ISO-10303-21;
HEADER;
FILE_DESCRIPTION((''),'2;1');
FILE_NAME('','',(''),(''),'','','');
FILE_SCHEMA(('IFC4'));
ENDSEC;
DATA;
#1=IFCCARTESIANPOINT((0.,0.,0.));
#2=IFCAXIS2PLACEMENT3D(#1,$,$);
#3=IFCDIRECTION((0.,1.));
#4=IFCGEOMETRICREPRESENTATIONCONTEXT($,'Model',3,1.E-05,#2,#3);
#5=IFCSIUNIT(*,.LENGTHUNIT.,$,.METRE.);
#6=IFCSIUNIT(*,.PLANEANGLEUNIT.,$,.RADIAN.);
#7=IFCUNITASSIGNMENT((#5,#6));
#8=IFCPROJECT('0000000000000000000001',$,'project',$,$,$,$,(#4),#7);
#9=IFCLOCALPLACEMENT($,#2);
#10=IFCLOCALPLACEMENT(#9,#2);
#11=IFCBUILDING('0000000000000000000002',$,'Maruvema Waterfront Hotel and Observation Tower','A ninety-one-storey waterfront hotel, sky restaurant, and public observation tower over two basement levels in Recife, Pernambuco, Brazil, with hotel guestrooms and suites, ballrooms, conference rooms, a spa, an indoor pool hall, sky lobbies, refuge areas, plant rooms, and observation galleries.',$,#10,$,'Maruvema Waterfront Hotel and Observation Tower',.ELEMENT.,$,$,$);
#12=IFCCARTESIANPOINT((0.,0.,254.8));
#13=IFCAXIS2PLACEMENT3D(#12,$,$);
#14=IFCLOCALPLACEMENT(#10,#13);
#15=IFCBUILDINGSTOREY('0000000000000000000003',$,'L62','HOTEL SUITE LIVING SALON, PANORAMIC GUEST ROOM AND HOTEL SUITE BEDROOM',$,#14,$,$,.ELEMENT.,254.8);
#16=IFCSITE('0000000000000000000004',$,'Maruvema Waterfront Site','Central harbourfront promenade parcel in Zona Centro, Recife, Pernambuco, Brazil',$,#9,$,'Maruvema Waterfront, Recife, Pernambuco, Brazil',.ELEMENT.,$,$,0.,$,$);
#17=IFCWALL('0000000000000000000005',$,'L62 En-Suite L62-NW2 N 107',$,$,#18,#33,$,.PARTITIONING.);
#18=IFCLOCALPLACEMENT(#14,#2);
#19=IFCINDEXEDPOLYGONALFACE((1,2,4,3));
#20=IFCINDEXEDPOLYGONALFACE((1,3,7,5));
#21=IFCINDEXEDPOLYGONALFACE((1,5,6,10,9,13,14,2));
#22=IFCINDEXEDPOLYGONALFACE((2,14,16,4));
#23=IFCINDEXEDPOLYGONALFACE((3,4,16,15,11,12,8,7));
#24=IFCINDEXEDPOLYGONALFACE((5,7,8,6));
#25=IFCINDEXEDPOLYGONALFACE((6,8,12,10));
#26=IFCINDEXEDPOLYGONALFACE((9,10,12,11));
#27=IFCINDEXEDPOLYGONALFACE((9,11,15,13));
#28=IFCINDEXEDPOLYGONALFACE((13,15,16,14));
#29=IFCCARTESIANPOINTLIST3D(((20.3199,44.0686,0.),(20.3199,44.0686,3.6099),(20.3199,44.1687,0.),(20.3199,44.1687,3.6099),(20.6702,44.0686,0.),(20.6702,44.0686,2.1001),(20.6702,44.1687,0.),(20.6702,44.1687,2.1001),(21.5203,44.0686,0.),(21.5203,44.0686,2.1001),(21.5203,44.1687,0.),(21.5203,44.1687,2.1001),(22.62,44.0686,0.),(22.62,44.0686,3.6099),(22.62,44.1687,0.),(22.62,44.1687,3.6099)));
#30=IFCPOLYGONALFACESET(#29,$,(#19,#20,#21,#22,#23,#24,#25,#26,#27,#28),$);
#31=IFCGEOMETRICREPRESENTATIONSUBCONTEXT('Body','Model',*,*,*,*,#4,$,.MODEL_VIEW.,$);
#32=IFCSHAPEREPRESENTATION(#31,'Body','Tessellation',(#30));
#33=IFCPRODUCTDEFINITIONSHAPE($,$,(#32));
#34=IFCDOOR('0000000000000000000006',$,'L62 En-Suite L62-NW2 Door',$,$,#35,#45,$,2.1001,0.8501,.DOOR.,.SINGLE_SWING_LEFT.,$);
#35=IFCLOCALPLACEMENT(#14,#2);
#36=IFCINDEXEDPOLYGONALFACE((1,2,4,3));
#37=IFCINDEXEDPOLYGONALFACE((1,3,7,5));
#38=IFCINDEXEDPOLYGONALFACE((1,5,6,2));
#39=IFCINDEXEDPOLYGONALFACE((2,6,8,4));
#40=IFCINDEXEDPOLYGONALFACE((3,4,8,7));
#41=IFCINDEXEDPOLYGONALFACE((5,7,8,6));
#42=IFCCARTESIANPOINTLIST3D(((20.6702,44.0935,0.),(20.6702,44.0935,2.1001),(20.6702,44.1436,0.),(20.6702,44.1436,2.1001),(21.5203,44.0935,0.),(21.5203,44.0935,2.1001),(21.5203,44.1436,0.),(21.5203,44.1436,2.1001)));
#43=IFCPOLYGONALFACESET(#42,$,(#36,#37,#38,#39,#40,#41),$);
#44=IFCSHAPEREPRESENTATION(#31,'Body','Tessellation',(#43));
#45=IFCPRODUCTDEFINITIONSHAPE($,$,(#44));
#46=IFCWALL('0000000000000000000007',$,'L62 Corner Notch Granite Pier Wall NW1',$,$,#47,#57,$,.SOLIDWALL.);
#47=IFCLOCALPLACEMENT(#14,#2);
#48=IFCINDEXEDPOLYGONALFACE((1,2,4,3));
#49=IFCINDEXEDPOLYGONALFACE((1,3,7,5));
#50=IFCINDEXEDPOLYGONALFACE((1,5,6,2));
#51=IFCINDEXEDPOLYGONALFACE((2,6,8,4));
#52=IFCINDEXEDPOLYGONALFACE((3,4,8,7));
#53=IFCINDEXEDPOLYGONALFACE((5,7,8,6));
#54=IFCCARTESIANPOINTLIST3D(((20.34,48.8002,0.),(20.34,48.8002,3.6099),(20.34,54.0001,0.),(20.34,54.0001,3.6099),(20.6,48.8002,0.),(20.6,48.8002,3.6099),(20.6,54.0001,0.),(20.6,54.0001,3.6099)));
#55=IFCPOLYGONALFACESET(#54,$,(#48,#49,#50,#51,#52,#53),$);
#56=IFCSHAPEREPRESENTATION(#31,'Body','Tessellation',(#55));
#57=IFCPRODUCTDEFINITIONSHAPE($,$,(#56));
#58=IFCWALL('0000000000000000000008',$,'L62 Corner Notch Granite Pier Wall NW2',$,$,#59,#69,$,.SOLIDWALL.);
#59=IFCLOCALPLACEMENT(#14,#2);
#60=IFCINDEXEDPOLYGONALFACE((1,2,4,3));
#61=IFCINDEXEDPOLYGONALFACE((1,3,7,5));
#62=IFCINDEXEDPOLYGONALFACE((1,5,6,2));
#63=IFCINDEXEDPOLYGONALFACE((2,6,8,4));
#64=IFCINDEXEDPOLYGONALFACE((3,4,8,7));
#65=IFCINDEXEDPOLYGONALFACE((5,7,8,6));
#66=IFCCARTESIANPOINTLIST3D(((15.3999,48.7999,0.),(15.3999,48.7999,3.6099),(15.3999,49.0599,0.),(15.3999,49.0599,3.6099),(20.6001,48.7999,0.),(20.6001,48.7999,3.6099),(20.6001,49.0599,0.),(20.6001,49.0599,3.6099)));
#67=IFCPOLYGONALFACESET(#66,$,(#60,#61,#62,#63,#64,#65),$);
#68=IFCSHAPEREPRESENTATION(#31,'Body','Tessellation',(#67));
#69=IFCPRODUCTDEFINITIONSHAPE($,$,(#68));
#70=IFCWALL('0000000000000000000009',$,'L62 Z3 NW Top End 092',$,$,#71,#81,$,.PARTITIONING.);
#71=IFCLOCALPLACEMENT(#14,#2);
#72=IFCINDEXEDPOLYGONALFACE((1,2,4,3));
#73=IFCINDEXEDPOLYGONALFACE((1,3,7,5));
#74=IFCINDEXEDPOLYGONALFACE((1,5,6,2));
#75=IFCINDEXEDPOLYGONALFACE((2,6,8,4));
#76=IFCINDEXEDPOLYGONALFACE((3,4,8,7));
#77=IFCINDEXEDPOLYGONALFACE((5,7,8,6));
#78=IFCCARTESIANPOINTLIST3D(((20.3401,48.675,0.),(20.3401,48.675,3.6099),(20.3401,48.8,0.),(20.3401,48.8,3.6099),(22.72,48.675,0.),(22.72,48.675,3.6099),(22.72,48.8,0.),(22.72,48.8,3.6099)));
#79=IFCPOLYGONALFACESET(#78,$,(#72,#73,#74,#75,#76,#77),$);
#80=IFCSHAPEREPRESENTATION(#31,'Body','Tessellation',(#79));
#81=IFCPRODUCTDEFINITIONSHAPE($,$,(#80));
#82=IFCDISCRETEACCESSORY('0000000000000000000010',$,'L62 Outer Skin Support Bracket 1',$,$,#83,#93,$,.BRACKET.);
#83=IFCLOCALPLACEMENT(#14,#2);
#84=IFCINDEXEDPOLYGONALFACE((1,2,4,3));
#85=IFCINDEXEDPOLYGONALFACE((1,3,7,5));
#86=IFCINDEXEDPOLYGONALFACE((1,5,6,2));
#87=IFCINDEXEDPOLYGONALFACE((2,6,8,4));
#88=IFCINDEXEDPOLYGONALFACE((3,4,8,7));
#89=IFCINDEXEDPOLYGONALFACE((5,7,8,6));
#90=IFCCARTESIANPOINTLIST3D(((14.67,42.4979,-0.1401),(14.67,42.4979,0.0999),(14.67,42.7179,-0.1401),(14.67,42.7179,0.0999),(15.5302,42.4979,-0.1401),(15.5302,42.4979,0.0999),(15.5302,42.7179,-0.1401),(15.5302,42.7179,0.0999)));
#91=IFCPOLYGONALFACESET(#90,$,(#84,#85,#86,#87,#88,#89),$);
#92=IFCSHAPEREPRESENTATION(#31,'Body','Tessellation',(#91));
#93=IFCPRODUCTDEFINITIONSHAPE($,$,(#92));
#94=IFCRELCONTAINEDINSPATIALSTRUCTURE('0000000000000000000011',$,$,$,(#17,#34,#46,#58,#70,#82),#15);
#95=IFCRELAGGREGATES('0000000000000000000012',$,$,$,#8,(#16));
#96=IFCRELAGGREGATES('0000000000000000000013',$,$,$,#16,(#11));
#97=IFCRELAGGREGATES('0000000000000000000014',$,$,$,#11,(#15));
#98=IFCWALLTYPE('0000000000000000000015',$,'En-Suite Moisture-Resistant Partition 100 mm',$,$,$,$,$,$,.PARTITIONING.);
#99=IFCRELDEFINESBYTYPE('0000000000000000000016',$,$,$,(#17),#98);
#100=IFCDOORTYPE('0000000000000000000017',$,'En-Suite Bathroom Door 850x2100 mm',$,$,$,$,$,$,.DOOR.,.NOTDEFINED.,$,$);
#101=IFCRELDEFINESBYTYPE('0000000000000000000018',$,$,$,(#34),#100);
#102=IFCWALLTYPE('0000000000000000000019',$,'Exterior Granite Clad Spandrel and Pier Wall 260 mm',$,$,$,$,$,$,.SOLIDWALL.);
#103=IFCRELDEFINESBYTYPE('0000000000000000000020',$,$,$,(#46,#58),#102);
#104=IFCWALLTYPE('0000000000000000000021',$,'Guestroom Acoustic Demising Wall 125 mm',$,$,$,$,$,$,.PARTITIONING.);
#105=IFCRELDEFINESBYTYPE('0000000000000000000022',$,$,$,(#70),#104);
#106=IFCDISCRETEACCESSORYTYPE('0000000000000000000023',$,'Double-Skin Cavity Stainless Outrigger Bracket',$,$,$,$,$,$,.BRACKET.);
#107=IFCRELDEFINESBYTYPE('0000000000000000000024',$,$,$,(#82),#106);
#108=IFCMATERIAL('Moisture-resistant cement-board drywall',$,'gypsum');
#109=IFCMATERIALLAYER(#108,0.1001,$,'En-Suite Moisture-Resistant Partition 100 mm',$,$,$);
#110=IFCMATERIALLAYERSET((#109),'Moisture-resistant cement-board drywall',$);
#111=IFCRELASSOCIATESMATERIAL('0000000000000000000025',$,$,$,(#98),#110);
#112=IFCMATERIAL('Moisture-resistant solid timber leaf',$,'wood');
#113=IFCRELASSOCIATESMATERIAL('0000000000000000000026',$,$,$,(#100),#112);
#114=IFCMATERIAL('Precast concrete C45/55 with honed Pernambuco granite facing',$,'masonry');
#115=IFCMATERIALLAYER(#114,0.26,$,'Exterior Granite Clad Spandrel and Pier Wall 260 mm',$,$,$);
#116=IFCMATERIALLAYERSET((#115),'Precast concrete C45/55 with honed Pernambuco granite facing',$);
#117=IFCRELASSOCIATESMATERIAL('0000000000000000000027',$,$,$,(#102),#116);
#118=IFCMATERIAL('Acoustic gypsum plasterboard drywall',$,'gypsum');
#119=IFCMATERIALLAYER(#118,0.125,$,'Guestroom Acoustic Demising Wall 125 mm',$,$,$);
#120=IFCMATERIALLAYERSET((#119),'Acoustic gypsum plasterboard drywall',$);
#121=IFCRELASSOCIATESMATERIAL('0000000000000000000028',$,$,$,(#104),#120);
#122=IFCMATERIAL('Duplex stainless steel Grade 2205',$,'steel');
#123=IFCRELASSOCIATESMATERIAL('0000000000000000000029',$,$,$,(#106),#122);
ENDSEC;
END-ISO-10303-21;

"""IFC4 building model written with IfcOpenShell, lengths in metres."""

from ifc_helpers import new_model, si_unit, direction, frame, frame_2d, origin, origin_2d, place, context, subcontext, project, spatial, rectangle, extrude, material, layer, layer_set, type_object, element, fill, save


model = new_model("IFC4")

# Units and contexts
model_context = context("Model", 3, precision=1e-05, world=origin(), true_north=direction((0.0, 1.0)))
body_context = subcontext(model_context, "Body", "Model", "MODEL_VIEW")
ifc_project = project(units=[si_unit("LENGTHUNIT", "METRE"), si_unit("PLANEANGLEUNIT", "RADIAN")], contexts=[model_context])

# Site, building, storey
site_placement = place(None, origin())
site = spatial("IfcSite", under=ifc_project, at=site_placement, Name="Maruvema Waterfront Site", Description="Central harbourfront promenade parcel in Zona Centro, Recife, Pernambuco, Brazil", LongName="Maruvema Waterfront, Recife, Pernambuco, Brazil", CompositionType="ELEMENT", RefElevation=0.0)
building_placement = place(site_placement, origin())
building = spatial("IfcBuilding", under=site, at=building_placement, Name="Maruvema Waterfront Hotel and Observation Tower", Description="A ninety-one-storey waterfront hotel, sky restaurant, and public observation tower over two basement levels in Recife, Pernambuco, Brazil, with hotel guestrooms and suites, ballrooms, conference rooms, a spa, an indoor pool hall, sky lobbies, refuge areas, plant rooms, and observation galleries.", LongName="Maruvema Waterfront Hotel and Observation Tower", CompositionType="ELEMENT")
storey_placement = place(building_placement, frame((0.0, 0.0, 254.8)))
storey = spatial("IfcBuildingStorey", under=building, at=storey_placement, Name="L62", Description="HOTEL SUITE LIVING SALON, PANORAMIC GUEST ROOM AND HOTEL SUITE BEDROOM", CompositionType="ELEMENT", Elevation=254.8)

# Wall, opening, door
ifc_material_1 = material(Name="Moisture-resistant cement-board drywall", Category="gypsum")
ifc_layer_1 = layer(ifc_material_1, 0.1001, Name="En-Suite Moisture-Resistant Partition 100 mm")
ifc_layer_set_1 = layer_set([ifc_layer_1], Name="Moisture-resistant cement-board drywall")
wall_type_1 = type_object("IfcWallType", Name="En-Suite Moisture-Resistant Partition 100 mm", PredefinedType="PARTITIONING", material=ifc_layer_set_1)
wall_1_placement = place(storey_placement, frame((20.3201, 44.1187, 0.0), z_axis=(0.0, 0.0, 1.0), x_axis=(1.0, 0.0, 0.0)))
wall_1 = element("IfcWall", 1, at=wall_1_placement, inside=storey, type_object=wall_type_1, Name="L62 En-Suite L62-NW2 N 107", PredefinedType="PARTITIONING", context=body_context, shape_type="SweptSolid", body=[
    extrude(rectangle(XDim=2.3, YDim=0.1001, at=frame_2d((1.1499, 0.0))), origin(), (0.0, 0.0, 1.0), 3.6099),
])
opening_1_placement = place(wall_1_placement, frame((0.3501, 0.0, 0.0)))
opening_1 = element("IfcOpeningElement", 2, at=opening_1_placement, cuts=wall_1, PredefinedType="OPENING", context=body_context, shape_type="SweptSolid", body=[
    extrude(rectangle(XDim=0.8501, YDim=2.1001, at=frame_2d((0.425, 1.05))), frame((0.0, 0.0601, 0.0), z_axis=(0.0, -1.0, 0.0), x_axis=(1.0, 0.0, 0.0)), (0.0, 0.0, 1.0), 0.1201),
])
ifc_material_2 = material(Name="Moisture-resistant solid timber leaf", Category="wood")
door_type_1 = type_object("IfcDoorType", Name="En-Suite Bathroom Door 850x2100 mm", OperationType="NOTDEFINED", PredefinedType="DOOR", material=ifc_material_2)
door_1_placement = place(opening_1_placement, origin())
door_1 = element("IfcDoor", 3, at=door_1_placement, inside=storey, type_object=door_type_1, Name="L62 En-Suite L62-NW2 Door", OperationType="SINGLE_SWING_LEFT", OverallHeight=2.1001, OverallWidth=0.8501, PredefinedType="DOOR", context=body_context, shape_type="SweptSolid", body=[
    extrude(rectangle(XDim=0.8501, YDim=2.1001, at=frame_2d((0.425, 1.05))), frame((0.0, 0.0249, 0.0), z_axis=(0.0, -1.0, 0.0), x_axis=(1.0, 0.0, 0.0)), (0.0, 0.0, 1.0), 0.05),
])
fill(opening_1, door_1)

# Walls
ifc_material_3 = material(Name="Precast concrete C45/55 with honed Pernambuco granite facing", Category="masonry")
ifc_layer_2 = layer(ifc_material_3, 0.26, Name="Exterior Granite Clad Spandrel and Pier Wall 260 mm")
ifc_layer_set_2 = layer_set([ifc_layer_2], Name="Precast concrete C45/55 with honed Pernambuco granite facing")
wall_type_2 = type_object("IfcWallType", Name="Exterior Granite Clad Spandrel and Pier Wall 260 mm", PredefinedType="SOLIDWALL", material=ifc_layer_set_2)
wall_2_placement = place(storey_placement, frame((20.47, 48.8, 0.0), z_axis=(0.0, 0.0, 1.0), x_axis=(0.0, 1.0, 0.0)))
element("IfcWall", 4, at=wall_2_placement, inside=storey, type_object=wall_type_2, Name="L62 Corner Notch Granite Pier Wall NW1", PredefinedType="SOLIDWALL", context=body_context, shape_type="SweptSolid", body=[
    extrude(rectangle(XDim=5.2, YDim=0.26, at=frame_2d((2.6001, 0.0))), origin(), (0.0, 0.0, 1.0), 3.6099),
])
wall_3_placement = place(storey_placement, frame((15.3999, 48.9299, 0.0), z_axis=(0.0, 0.0, 1.0), x_axis=(1.0, 0.0, 0.0)))
element("IfcWall", 5, at=wall_3_placement, inside=storey, type_object=wall_type_2, Name="L62 Corner Notch Granite Pier Wall NW2", PredefinedType="SOLIDWALL", context=body_context, shape_type="SweptSolid", body=[
    extrude(rectangle(XDim=5.2002, YDim=0.26, at=frame_2d((2.6001, 0.0))), origin(), (0.0, 0.0, 1.0), 3.6099),
])
ifc_material_4 = material(Name="Acoustic gypsum plasterboard drywall", Category="gypsum")
ifc_layer_3 = layer(ifc_material_4, 0.125, Name="Guestroom Acoustic Demising Wall 125 mm")
ifc_layer_set_3 = layer_set([ifc_layer_3], Name="Acoustic gypsum plasterboard drywall")
wall_type_3 = type_object("IfcWallType", Name="Guestroom Acoustic Demising Wall 125 mm", PredefinedType="PARTITIONING", material=ifc_layer_set_3)
wall_4_placement = place(storey_placement, frame((20.3401, 48.7375, 0.0), z_axis=(0.0, 0.0, 1.0), x_axis=(1.0, 0.0, 0.0)))
element("IfcWall", 6, at=wall_4_placement, inside=storey, type_object=wall_type_3, Name="L62 Z3 NW Top End 092", PredefinedType="PARTITIONING", context=body_context, shape_type="SweptSolid", body=[
    extrude(rectangle(XDim=2.3799, YDim=0.125, at=frame_2d((1.1899, 0.0))), origin(), (0.0, 0.0, 1.0), 3.6099),
])

# Discrete accessory
ifc_material_5 = material(Name="Duplex stainless steel Grade 2205", Category="steel")
discrete_accessory_type = type_object("IfcDiscreteAccessoryType", Name="Double-Skin Cavity Stainless Outrigger Bracket", PredefinedType="BRACKET", material=ifc_material_5)
discrete_accessory_placement = place(storey_placement, frame((15.1001, 42.6079, -0.1401), z_axis=(0.0, 0.0, 1.0), x_axis=(0.0, -1.0, 0.0)))
element("IfcDiscreteAccessory", 7, at=discrete_accessory_placement, inside=storey, type_object=discrete_accessory_type, Name="L62 Outer Skin Support Bracket 1", PredefinedType="BRACKET", context=body_context, shape_type="SweptSolid", body=[
    extrude(rectangle(XDim=0.22, YDim=0.8601, at=origin_2d()), origin(), (0.0, 0.0, 1.0), 0.24),
])

save(model, "model.ifc")
